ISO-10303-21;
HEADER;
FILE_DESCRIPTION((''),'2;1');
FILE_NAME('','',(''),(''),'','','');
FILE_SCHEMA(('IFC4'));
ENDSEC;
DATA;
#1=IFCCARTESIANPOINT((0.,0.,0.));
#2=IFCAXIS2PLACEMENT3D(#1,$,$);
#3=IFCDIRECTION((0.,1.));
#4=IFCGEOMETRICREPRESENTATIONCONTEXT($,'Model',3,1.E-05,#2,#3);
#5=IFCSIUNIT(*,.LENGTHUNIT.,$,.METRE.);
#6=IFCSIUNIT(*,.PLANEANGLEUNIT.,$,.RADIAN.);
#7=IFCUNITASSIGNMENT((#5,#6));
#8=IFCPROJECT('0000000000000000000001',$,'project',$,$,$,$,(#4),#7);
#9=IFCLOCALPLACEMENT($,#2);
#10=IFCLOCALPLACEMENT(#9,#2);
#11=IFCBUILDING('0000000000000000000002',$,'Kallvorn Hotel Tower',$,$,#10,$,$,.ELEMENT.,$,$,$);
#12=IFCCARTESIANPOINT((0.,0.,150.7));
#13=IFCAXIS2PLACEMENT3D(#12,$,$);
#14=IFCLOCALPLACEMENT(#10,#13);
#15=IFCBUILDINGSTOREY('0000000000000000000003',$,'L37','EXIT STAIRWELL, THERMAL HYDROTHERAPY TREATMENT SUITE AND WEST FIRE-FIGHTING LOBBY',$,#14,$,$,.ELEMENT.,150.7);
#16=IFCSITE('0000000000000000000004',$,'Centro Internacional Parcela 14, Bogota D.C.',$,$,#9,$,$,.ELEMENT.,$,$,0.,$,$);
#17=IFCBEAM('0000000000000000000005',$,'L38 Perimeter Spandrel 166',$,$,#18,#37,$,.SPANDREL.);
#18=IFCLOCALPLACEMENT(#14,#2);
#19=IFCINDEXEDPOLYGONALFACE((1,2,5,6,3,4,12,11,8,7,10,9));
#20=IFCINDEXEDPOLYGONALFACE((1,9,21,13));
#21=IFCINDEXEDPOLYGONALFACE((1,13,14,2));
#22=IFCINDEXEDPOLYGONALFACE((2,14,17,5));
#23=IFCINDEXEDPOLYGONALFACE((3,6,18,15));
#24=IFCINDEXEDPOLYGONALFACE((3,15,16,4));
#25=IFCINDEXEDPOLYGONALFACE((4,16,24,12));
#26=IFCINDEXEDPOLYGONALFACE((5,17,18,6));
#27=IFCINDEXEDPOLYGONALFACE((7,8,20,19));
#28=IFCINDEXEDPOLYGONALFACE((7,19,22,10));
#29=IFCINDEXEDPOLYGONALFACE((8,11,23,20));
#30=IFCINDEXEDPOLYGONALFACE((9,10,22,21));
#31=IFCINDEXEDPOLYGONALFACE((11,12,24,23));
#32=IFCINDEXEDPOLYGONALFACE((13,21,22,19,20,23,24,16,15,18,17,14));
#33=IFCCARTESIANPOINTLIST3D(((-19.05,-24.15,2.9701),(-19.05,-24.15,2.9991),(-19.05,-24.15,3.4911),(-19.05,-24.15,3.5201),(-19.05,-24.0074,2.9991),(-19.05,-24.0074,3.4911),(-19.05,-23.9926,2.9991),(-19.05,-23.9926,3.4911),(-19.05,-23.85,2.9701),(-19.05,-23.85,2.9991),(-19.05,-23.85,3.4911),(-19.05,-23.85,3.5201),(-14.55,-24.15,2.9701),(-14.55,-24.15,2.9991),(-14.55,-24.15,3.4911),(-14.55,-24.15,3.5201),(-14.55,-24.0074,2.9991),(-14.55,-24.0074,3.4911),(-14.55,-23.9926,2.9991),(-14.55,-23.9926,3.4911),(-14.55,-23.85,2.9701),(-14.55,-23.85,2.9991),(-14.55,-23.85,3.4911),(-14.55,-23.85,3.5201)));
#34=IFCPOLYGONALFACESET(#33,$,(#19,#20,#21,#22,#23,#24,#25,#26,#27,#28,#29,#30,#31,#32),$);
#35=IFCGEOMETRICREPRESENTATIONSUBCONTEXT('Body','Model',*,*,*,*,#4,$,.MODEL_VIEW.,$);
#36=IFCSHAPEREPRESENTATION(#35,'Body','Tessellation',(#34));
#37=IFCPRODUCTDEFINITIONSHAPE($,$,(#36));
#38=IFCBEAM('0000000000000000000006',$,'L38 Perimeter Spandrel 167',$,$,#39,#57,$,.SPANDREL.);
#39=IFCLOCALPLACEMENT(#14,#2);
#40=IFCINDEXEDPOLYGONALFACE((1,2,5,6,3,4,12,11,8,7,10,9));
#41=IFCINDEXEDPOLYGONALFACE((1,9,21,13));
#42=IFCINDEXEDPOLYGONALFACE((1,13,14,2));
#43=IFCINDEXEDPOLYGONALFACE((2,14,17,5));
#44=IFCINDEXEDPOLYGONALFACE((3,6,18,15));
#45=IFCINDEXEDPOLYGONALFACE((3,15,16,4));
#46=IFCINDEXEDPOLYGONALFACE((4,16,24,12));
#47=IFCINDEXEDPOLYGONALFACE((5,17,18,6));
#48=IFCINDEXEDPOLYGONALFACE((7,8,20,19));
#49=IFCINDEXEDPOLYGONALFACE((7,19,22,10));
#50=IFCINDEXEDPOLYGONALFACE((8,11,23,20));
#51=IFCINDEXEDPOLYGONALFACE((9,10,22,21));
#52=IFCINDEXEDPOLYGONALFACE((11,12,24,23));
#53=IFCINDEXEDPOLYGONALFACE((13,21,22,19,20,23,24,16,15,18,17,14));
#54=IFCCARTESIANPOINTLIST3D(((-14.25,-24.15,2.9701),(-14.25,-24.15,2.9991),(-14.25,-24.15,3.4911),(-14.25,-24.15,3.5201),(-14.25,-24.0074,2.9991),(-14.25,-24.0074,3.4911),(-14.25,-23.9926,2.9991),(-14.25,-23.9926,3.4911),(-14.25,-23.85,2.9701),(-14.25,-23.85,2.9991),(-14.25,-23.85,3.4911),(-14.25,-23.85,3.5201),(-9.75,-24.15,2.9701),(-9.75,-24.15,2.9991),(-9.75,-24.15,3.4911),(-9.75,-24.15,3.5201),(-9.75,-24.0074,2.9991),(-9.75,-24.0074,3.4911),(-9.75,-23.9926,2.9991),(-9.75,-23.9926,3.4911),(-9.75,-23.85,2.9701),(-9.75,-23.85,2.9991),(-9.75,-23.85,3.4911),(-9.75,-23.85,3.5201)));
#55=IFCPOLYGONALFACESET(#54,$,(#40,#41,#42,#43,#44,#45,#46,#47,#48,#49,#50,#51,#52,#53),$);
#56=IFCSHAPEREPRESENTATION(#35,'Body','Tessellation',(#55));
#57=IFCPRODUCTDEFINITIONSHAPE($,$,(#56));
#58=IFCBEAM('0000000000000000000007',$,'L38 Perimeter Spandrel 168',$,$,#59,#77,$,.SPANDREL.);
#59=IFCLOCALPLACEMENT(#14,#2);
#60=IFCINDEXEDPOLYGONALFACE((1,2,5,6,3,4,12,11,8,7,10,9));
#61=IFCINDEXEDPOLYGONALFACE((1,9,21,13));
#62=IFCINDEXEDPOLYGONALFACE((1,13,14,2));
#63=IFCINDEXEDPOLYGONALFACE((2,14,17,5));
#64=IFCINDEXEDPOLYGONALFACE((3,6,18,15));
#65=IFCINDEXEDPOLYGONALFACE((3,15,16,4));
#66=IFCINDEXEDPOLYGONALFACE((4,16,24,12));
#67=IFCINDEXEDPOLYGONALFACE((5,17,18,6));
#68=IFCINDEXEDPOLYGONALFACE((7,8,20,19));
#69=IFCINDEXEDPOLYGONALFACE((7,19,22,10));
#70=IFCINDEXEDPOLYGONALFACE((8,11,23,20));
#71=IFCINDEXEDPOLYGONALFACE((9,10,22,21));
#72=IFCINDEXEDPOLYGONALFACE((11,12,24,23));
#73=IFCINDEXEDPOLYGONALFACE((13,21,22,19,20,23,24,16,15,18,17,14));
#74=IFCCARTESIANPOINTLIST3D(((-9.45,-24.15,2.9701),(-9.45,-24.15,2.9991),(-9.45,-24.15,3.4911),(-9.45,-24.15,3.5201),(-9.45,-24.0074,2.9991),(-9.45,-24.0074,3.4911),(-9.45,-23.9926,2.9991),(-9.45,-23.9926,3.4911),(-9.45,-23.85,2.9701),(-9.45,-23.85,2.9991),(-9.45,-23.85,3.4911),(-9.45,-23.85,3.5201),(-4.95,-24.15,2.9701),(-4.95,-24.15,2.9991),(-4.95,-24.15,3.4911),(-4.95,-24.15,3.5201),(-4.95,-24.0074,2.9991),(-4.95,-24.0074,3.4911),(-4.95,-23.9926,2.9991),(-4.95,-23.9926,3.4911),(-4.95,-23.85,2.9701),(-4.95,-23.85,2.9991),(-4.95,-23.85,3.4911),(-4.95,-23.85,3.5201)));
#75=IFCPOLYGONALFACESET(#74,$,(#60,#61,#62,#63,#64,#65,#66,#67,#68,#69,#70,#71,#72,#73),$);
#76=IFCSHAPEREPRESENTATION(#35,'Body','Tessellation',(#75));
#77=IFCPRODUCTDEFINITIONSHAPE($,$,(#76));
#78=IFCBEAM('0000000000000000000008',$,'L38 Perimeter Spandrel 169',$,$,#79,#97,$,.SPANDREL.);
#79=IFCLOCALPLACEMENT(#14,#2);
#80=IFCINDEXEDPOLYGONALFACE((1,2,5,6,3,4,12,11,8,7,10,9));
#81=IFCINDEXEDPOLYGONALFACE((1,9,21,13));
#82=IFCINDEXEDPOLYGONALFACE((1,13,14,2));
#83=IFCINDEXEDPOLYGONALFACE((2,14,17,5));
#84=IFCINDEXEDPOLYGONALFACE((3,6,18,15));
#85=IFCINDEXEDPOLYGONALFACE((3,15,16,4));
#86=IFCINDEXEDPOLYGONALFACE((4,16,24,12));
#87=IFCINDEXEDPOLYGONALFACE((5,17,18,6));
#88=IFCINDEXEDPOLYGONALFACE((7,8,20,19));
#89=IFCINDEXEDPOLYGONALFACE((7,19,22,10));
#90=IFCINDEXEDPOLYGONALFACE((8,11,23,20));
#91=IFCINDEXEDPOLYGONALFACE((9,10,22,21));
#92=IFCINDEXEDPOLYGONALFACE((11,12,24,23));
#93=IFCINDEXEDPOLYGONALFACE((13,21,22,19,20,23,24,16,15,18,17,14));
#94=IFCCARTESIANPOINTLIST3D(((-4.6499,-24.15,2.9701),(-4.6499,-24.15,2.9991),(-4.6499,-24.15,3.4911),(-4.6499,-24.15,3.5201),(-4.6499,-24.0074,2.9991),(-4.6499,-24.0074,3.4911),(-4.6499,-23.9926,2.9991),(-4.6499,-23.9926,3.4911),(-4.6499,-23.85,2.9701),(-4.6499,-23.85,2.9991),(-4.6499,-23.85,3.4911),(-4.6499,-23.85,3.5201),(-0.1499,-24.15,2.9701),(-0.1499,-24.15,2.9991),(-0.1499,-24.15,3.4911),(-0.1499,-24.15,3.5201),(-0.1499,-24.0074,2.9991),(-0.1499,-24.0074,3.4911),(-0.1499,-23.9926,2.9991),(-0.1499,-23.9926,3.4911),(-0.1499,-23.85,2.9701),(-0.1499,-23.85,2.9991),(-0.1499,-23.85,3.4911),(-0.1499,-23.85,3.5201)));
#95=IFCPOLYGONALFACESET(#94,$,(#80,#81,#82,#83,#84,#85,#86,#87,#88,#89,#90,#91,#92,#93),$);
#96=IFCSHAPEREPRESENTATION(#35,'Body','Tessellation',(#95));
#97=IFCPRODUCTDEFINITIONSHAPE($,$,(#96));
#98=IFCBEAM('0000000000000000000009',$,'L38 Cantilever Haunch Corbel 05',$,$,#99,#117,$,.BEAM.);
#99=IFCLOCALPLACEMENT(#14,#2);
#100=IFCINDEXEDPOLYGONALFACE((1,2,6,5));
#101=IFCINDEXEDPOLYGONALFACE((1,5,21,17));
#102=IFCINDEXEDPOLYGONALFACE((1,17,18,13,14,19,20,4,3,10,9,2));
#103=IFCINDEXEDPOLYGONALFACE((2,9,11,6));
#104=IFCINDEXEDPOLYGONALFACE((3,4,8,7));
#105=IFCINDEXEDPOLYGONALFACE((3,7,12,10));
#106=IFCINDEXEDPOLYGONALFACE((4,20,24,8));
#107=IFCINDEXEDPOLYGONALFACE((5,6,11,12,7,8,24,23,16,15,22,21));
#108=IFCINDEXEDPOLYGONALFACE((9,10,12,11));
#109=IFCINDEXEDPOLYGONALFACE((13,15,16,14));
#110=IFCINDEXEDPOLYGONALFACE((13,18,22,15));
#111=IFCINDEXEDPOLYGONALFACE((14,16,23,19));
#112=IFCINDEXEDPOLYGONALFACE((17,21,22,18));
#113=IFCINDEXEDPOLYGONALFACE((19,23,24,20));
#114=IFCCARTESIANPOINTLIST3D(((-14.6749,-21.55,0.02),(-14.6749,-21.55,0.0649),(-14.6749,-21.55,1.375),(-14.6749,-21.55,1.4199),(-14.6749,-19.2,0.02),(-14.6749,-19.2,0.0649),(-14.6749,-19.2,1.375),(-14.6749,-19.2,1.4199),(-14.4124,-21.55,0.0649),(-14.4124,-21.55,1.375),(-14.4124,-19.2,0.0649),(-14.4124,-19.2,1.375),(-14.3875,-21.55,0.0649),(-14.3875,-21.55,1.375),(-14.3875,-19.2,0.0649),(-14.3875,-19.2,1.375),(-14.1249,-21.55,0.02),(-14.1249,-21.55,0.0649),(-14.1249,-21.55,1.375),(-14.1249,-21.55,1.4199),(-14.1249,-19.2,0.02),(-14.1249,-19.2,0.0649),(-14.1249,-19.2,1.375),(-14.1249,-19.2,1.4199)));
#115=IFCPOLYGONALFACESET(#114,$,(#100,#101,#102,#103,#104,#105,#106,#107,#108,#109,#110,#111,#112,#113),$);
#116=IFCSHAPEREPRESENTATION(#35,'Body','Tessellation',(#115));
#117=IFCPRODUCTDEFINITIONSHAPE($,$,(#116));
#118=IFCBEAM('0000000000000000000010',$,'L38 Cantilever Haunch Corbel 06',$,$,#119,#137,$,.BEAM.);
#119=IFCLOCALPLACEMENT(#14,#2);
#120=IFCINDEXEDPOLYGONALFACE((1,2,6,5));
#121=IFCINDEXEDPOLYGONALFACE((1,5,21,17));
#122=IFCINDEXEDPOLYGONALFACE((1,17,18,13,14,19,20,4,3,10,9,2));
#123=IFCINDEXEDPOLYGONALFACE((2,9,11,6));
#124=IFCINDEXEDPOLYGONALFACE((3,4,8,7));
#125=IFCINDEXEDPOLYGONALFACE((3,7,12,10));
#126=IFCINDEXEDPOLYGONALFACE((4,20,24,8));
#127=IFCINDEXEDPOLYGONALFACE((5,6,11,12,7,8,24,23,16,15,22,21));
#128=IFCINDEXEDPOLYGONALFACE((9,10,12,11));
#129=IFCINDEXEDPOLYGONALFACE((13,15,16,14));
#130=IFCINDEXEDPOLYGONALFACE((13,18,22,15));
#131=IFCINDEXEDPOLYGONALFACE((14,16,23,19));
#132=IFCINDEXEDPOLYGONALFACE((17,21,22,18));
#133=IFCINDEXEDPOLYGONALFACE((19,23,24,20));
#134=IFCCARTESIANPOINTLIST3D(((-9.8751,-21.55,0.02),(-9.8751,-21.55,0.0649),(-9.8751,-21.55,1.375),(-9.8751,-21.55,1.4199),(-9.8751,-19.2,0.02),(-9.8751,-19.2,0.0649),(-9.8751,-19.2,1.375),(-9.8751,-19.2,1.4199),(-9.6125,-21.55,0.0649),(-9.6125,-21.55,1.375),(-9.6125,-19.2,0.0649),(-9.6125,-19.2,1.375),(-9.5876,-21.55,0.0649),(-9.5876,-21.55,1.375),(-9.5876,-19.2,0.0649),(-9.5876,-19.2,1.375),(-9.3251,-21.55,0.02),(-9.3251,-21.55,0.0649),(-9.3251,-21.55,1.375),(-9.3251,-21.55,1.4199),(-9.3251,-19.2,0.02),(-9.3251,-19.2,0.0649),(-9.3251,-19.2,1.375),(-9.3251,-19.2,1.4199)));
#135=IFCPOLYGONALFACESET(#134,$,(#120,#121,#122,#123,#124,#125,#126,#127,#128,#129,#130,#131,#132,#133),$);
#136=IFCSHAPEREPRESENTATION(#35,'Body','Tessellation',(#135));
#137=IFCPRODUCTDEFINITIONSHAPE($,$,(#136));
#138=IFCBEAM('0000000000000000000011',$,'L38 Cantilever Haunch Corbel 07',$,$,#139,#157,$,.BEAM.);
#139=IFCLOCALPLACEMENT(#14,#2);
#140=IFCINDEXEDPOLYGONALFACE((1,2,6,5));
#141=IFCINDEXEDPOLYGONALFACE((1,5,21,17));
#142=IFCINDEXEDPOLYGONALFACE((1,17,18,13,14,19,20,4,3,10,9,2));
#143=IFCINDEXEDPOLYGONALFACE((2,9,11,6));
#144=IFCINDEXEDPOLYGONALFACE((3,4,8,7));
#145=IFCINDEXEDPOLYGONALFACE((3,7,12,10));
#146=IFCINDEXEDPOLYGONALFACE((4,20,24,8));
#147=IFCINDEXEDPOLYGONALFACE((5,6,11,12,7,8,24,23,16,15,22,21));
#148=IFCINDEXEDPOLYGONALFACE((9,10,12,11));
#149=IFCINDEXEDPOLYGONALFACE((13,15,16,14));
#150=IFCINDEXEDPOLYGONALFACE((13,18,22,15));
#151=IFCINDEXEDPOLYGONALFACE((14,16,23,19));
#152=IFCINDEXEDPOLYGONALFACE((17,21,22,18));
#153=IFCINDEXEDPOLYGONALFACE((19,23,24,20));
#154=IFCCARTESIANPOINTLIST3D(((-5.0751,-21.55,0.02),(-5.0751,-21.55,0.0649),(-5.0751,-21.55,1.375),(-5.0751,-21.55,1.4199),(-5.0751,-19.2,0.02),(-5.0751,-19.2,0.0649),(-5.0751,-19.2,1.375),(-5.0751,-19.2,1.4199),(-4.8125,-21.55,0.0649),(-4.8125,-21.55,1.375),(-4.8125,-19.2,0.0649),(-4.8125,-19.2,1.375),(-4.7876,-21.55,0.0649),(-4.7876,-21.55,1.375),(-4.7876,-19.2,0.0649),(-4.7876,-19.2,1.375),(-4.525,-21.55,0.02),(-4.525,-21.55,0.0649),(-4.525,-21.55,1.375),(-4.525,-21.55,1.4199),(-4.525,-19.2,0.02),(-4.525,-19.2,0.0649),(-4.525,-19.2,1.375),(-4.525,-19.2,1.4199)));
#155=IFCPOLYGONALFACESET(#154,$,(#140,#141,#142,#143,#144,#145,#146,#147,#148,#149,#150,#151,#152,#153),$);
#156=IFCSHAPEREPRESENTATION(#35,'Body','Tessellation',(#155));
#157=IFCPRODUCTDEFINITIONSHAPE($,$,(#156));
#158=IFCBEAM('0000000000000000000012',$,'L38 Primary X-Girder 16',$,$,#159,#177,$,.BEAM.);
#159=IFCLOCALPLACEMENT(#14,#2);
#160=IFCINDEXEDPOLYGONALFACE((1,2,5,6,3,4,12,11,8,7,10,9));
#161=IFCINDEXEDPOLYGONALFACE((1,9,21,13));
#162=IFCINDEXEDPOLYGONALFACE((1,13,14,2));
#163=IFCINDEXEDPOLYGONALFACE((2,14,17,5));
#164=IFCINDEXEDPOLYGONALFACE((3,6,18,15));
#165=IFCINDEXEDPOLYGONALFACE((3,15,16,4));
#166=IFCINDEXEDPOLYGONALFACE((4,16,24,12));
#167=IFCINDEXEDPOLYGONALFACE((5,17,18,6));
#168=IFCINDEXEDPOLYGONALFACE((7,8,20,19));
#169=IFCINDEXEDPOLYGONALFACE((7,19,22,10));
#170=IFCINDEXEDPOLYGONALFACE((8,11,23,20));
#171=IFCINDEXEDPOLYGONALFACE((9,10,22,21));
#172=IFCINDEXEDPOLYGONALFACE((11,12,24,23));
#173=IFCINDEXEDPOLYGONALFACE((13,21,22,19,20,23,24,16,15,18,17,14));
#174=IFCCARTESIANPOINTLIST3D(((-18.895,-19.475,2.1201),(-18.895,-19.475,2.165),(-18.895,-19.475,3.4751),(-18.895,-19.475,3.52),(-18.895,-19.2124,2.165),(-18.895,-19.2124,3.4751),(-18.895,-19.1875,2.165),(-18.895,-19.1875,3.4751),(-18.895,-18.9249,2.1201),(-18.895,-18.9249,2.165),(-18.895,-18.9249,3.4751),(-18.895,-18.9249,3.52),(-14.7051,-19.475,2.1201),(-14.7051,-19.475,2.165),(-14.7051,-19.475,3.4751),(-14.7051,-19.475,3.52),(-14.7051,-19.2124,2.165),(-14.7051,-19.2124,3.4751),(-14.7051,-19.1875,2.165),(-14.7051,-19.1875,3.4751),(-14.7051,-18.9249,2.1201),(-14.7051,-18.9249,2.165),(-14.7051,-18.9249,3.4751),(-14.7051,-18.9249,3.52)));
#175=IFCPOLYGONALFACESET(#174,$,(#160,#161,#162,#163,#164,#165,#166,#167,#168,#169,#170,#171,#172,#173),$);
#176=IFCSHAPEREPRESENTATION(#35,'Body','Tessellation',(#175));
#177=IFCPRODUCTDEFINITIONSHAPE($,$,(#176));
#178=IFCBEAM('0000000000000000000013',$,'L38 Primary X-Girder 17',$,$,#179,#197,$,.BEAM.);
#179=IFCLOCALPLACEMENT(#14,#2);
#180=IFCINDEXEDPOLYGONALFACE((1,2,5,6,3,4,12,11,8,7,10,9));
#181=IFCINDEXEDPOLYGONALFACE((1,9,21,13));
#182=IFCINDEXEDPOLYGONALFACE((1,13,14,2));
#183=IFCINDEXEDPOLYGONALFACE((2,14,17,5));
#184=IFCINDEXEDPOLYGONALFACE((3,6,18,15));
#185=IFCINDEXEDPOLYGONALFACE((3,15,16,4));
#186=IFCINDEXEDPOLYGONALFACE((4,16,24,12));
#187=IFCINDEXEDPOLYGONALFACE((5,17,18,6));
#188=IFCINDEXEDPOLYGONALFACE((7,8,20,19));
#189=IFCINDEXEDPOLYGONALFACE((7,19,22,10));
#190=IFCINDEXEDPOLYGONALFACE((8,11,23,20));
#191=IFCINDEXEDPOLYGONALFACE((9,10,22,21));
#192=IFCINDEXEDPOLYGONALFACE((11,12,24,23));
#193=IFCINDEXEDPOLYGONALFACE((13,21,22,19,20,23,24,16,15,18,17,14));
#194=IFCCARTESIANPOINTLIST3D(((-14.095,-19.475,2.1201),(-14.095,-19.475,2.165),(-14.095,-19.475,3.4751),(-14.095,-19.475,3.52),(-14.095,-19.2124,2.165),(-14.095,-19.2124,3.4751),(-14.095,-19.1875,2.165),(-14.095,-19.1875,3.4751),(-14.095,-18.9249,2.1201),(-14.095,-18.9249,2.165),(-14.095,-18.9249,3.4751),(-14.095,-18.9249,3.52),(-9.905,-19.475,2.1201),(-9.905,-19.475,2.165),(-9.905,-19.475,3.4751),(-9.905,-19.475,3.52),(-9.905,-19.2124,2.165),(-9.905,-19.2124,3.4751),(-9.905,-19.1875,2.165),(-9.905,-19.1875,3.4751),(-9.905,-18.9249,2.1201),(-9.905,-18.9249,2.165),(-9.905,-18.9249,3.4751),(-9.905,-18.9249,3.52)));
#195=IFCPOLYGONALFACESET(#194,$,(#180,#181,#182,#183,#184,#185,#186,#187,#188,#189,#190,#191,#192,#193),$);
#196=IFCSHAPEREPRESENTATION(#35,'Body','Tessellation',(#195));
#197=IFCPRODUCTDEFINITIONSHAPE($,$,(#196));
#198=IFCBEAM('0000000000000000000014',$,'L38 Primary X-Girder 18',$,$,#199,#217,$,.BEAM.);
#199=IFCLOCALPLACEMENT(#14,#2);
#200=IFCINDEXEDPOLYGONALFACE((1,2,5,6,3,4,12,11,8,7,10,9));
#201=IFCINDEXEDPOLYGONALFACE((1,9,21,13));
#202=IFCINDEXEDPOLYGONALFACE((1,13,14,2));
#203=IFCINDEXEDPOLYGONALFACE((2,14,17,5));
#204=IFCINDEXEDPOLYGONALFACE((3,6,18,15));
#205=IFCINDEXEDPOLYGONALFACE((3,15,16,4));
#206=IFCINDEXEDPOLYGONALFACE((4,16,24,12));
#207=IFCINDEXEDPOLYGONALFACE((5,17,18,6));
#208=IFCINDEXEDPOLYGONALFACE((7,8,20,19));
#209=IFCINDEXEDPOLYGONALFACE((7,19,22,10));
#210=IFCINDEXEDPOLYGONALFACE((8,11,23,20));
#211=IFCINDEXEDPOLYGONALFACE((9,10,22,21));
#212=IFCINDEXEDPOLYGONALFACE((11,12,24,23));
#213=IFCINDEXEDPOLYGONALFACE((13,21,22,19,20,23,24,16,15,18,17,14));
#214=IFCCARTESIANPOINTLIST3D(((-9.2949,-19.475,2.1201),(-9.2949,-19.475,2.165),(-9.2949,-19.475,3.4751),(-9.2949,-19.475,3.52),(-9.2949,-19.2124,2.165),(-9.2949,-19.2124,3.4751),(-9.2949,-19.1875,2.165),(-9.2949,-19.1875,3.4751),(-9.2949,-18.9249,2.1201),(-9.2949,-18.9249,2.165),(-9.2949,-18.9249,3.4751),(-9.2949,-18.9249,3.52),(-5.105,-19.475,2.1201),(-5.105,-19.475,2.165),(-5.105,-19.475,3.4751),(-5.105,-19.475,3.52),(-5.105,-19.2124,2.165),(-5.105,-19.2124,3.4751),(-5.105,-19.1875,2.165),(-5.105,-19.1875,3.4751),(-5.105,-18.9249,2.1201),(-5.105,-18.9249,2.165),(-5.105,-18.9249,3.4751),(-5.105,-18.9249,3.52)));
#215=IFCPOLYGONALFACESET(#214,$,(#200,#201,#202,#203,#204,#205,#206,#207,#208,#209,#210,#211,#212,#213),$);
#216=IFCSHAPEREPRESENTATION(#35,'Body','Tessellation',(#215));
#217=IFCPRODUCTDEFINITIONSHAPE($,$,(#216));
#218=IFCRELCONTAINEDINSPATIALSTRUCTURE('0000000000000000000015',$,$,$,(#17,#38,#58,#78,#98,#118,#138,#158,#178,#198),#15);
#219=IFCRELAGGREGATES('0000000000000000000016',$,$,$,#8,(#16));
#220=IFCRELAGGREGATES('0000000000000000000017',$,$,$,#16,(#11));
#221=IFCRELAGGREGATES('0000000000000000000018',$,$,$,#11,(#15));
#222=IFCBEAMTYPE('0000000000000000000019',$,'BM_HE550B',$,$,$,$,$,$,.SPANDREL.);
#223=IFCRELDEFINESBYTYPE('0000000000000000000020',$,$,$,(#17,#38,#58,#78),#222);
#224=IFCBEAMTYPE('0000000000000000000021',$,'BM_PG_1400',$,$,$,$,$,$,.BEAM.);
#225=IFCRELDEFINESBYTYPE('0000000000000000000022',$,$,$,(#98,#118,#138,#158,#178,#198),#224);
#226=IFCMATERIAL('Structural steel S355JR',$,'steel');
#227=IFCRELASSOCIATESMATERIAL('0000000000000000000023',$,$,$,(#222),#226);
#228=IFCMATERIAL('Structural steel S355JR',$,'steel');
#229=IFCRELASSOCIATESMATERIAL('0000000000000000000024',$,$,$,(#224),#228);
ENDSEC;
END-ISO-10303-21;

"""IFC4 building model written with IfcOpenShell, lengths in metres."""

from ifc_helpers import new_model, si_unit, direction, frame, origin, origin_2d, place, context, subcontext, project, spatial, i_section, extrude, material, material_profile, profile_set, type_object, element, save


model = new_model("IFC4")

# Units and contexts
model_context = context("Model", 3, precision=1e-05, world=origin(), true_north=direction((0.0, 1.0)))
body_context = subcontext(model_context, "Body", "Model", "MODEL_VIEW")
ifc_project = project(units=[si_unit("LENGTHUNIT", "METRE"), si_unit("PLANEANGLEUNIT", "RADIAN")], contexts=[model_context])

# Site, building, storey
site_placement = place(None, origin())
site = spatial("IfcSite", under=ifc_project, at=site_placement, Name="Centro Internacional Parcela 14, Bogota D.C.", CompositionType="ELEMENT", RefElevation=0.0)
building_placement = place(site_placement, origin())
building = spatial("IfcBuilding", under=site, at=building_placement, Name="Kallvorn Hotel Tower", CompositionType="ELEMENT")
storey_placement = place(building_placement, frame((0.0, 0.0, 150.7)))
storey = spatial("IfcBuildingStorey", under=building, at=storey_placement, Name="L37", Description="EXIT STAIRWELL, THERMAL HYDROTHERAPY TREATMENT SUITE AND WEST FIRE-FIGHTING LOBBY", CompositionType="ELEMENT", Elevation=150.7)

# Beams
ifc_material_1 = material(Name="Structural steel S355JR", Category="steel")
ifc_material_profile_1 = material_profile(ifc_material_1, i_section(OverallWidth=0.3, OverallDepth=0.55, WebThickness=0.0149, FlangeThickness=0.0291, at=origin_2d()), Name="HE 550 B")
ifc_profile_set_1 = profile_set([ifc_material_profile_1], Name="Structural steel S355JR")
beam_type_1 = type_object("IfcBeamType", Name="BM_HE550B", PredefinedType="SPANDREL", material=ifc_profile_set_1)
for number, where, z_axis, x_axis, name in (
    (1, (-19.05, -24.0, 3.2451), (1.0, 0.0, 0.0), (0.0, 1.0, 0.0), "L38 Perimeter Spandrel 166"),
    (2, (-14.25, -24.0, 3.2451), (1.0, 0.0, 0.0), (0.0, 1.0, 0.0), "L38 Perimeter Spandrel 167"),
    (3, (-9.45, -24.0, 3.2451), (1.0, 0.0, 0.0), (0.0, 1.0, 0.0), "L38 Perimeter Spandrel 168"),
    (4, (-4.6499, -24.0, 3.2451), (1.0, 0.0, 0.0), (0.0, 1.0, 0.0), "L38 Perimeter Spandrel 169"),
):
    element("IfcBeam", number, at=place(storey_placement, frame(where, z_axis=z_axis, x_axis=x_axis)), inside=storey, type_object=beam_type_1, Name=name, PredefinedType="SPANDREL", context=body_context, shape_type="SweptSolid", body=[
        extrude(i_section(OverallWidth=0.3, OverallDepth=0.55, WebThickness=0.0149, FlangeThickness=0.0291, at=origin_2d()), origin(), (0.0, 0.0, 1.0), 4.5),
    ])
ifc_material_2 = material(Name="Structural steel S355JR", Category="steel")
ifc_material_profile_2 = material_profile(ifc_material_2, i_section(OverallWidth=0.55, OverallDepth=1.3999, WebThickness=0.0249, FlangeThickness=0.0449, at=origin_2d()), Name="PG 1400x550x25x45")
ifc_profile_set_2 = profile_set([ifc_material_profile_2], Name="Structural steel S355JR")
beam_type_2 = type_object("IfcBeamType", Name="BM_PG_1400", PredefinedType="BEAM", material=ifc_profile_set_2)
for number, where, z_axis, x_axis, name in (
    (5, (-14.3999, -19.2, 0.72), (0.0, -1.0, 0.0), (1.0, 0.0, 0.0), "L38 Cantilever Haunch Corbel 05"),
    (6, (-9.6001, -19.2, 0.72), (0.0, -1.0, 0.0), (1.0, 0.0, 0.0), "L38 Cantilever Haunch Corbel 06"),
    (7, (-4.8, -19.2, 0.72), (0.0, -1.0, 0.0), (1.0, 0.0, 0.0), "L38 Cantilever Haunch Corbel 07"),
):
    element("IfcBeam", number, at=place(storey_placement, frame(where, z_axis=z_axis, x_axis=x_axis)), inside=storey, type_object=beam_type_2, Name=name, PredefinedType="BEAM", context=body_context, shape_type="SweptSolid", body=[
        extrude(i_section(OverallWidth=0.55, OverallDepth=1.3999, WebThickness=0.0249, FlangeThickness=0.0449, at=origin_2d()), origin(), (0.0, 0.0, 1.0), 2.3501),
    ])
for number, where, z_axis, x_axis, name in (
    (8, (-18.895, -19.2, 2.8201), (1.0, 0.0, 0.0), (0.0, 1.0, 0.0), "L38 Primary X-Girder 16"),
    (9, (-14.095, -19.2, 2.8201), (1.0, 0.0, 0.0), (0.0, 1.0, 0.0), "L38 Primary X-Girder 17"),
    (10, (-9.2949, -19.2, 2.8201), (1.0, 0.0, 0.0), (0.0, 1.0, 0.0), "L38 Primary X-Girder 18"),
):
    element("IfcBeam", number, at=place(storey_placement, frame(where, z_axis=z_axis, x_axis=x_axis)), inside=storey, type_object=beam_type_2, Name=name, PredefinedType="BEAM", context=body_context, shape_type="SweptSolid", body=[
        extrude(i_section(OverallWidth=0.55, OverallDepth=1.3999, WebThickness=0.0249, FlangeThickness=0.0449, at=origin_2d()), origin(), (0.0, 0.0, 1.0), 4.1899),
    ])

save(model, "model.ifc")
